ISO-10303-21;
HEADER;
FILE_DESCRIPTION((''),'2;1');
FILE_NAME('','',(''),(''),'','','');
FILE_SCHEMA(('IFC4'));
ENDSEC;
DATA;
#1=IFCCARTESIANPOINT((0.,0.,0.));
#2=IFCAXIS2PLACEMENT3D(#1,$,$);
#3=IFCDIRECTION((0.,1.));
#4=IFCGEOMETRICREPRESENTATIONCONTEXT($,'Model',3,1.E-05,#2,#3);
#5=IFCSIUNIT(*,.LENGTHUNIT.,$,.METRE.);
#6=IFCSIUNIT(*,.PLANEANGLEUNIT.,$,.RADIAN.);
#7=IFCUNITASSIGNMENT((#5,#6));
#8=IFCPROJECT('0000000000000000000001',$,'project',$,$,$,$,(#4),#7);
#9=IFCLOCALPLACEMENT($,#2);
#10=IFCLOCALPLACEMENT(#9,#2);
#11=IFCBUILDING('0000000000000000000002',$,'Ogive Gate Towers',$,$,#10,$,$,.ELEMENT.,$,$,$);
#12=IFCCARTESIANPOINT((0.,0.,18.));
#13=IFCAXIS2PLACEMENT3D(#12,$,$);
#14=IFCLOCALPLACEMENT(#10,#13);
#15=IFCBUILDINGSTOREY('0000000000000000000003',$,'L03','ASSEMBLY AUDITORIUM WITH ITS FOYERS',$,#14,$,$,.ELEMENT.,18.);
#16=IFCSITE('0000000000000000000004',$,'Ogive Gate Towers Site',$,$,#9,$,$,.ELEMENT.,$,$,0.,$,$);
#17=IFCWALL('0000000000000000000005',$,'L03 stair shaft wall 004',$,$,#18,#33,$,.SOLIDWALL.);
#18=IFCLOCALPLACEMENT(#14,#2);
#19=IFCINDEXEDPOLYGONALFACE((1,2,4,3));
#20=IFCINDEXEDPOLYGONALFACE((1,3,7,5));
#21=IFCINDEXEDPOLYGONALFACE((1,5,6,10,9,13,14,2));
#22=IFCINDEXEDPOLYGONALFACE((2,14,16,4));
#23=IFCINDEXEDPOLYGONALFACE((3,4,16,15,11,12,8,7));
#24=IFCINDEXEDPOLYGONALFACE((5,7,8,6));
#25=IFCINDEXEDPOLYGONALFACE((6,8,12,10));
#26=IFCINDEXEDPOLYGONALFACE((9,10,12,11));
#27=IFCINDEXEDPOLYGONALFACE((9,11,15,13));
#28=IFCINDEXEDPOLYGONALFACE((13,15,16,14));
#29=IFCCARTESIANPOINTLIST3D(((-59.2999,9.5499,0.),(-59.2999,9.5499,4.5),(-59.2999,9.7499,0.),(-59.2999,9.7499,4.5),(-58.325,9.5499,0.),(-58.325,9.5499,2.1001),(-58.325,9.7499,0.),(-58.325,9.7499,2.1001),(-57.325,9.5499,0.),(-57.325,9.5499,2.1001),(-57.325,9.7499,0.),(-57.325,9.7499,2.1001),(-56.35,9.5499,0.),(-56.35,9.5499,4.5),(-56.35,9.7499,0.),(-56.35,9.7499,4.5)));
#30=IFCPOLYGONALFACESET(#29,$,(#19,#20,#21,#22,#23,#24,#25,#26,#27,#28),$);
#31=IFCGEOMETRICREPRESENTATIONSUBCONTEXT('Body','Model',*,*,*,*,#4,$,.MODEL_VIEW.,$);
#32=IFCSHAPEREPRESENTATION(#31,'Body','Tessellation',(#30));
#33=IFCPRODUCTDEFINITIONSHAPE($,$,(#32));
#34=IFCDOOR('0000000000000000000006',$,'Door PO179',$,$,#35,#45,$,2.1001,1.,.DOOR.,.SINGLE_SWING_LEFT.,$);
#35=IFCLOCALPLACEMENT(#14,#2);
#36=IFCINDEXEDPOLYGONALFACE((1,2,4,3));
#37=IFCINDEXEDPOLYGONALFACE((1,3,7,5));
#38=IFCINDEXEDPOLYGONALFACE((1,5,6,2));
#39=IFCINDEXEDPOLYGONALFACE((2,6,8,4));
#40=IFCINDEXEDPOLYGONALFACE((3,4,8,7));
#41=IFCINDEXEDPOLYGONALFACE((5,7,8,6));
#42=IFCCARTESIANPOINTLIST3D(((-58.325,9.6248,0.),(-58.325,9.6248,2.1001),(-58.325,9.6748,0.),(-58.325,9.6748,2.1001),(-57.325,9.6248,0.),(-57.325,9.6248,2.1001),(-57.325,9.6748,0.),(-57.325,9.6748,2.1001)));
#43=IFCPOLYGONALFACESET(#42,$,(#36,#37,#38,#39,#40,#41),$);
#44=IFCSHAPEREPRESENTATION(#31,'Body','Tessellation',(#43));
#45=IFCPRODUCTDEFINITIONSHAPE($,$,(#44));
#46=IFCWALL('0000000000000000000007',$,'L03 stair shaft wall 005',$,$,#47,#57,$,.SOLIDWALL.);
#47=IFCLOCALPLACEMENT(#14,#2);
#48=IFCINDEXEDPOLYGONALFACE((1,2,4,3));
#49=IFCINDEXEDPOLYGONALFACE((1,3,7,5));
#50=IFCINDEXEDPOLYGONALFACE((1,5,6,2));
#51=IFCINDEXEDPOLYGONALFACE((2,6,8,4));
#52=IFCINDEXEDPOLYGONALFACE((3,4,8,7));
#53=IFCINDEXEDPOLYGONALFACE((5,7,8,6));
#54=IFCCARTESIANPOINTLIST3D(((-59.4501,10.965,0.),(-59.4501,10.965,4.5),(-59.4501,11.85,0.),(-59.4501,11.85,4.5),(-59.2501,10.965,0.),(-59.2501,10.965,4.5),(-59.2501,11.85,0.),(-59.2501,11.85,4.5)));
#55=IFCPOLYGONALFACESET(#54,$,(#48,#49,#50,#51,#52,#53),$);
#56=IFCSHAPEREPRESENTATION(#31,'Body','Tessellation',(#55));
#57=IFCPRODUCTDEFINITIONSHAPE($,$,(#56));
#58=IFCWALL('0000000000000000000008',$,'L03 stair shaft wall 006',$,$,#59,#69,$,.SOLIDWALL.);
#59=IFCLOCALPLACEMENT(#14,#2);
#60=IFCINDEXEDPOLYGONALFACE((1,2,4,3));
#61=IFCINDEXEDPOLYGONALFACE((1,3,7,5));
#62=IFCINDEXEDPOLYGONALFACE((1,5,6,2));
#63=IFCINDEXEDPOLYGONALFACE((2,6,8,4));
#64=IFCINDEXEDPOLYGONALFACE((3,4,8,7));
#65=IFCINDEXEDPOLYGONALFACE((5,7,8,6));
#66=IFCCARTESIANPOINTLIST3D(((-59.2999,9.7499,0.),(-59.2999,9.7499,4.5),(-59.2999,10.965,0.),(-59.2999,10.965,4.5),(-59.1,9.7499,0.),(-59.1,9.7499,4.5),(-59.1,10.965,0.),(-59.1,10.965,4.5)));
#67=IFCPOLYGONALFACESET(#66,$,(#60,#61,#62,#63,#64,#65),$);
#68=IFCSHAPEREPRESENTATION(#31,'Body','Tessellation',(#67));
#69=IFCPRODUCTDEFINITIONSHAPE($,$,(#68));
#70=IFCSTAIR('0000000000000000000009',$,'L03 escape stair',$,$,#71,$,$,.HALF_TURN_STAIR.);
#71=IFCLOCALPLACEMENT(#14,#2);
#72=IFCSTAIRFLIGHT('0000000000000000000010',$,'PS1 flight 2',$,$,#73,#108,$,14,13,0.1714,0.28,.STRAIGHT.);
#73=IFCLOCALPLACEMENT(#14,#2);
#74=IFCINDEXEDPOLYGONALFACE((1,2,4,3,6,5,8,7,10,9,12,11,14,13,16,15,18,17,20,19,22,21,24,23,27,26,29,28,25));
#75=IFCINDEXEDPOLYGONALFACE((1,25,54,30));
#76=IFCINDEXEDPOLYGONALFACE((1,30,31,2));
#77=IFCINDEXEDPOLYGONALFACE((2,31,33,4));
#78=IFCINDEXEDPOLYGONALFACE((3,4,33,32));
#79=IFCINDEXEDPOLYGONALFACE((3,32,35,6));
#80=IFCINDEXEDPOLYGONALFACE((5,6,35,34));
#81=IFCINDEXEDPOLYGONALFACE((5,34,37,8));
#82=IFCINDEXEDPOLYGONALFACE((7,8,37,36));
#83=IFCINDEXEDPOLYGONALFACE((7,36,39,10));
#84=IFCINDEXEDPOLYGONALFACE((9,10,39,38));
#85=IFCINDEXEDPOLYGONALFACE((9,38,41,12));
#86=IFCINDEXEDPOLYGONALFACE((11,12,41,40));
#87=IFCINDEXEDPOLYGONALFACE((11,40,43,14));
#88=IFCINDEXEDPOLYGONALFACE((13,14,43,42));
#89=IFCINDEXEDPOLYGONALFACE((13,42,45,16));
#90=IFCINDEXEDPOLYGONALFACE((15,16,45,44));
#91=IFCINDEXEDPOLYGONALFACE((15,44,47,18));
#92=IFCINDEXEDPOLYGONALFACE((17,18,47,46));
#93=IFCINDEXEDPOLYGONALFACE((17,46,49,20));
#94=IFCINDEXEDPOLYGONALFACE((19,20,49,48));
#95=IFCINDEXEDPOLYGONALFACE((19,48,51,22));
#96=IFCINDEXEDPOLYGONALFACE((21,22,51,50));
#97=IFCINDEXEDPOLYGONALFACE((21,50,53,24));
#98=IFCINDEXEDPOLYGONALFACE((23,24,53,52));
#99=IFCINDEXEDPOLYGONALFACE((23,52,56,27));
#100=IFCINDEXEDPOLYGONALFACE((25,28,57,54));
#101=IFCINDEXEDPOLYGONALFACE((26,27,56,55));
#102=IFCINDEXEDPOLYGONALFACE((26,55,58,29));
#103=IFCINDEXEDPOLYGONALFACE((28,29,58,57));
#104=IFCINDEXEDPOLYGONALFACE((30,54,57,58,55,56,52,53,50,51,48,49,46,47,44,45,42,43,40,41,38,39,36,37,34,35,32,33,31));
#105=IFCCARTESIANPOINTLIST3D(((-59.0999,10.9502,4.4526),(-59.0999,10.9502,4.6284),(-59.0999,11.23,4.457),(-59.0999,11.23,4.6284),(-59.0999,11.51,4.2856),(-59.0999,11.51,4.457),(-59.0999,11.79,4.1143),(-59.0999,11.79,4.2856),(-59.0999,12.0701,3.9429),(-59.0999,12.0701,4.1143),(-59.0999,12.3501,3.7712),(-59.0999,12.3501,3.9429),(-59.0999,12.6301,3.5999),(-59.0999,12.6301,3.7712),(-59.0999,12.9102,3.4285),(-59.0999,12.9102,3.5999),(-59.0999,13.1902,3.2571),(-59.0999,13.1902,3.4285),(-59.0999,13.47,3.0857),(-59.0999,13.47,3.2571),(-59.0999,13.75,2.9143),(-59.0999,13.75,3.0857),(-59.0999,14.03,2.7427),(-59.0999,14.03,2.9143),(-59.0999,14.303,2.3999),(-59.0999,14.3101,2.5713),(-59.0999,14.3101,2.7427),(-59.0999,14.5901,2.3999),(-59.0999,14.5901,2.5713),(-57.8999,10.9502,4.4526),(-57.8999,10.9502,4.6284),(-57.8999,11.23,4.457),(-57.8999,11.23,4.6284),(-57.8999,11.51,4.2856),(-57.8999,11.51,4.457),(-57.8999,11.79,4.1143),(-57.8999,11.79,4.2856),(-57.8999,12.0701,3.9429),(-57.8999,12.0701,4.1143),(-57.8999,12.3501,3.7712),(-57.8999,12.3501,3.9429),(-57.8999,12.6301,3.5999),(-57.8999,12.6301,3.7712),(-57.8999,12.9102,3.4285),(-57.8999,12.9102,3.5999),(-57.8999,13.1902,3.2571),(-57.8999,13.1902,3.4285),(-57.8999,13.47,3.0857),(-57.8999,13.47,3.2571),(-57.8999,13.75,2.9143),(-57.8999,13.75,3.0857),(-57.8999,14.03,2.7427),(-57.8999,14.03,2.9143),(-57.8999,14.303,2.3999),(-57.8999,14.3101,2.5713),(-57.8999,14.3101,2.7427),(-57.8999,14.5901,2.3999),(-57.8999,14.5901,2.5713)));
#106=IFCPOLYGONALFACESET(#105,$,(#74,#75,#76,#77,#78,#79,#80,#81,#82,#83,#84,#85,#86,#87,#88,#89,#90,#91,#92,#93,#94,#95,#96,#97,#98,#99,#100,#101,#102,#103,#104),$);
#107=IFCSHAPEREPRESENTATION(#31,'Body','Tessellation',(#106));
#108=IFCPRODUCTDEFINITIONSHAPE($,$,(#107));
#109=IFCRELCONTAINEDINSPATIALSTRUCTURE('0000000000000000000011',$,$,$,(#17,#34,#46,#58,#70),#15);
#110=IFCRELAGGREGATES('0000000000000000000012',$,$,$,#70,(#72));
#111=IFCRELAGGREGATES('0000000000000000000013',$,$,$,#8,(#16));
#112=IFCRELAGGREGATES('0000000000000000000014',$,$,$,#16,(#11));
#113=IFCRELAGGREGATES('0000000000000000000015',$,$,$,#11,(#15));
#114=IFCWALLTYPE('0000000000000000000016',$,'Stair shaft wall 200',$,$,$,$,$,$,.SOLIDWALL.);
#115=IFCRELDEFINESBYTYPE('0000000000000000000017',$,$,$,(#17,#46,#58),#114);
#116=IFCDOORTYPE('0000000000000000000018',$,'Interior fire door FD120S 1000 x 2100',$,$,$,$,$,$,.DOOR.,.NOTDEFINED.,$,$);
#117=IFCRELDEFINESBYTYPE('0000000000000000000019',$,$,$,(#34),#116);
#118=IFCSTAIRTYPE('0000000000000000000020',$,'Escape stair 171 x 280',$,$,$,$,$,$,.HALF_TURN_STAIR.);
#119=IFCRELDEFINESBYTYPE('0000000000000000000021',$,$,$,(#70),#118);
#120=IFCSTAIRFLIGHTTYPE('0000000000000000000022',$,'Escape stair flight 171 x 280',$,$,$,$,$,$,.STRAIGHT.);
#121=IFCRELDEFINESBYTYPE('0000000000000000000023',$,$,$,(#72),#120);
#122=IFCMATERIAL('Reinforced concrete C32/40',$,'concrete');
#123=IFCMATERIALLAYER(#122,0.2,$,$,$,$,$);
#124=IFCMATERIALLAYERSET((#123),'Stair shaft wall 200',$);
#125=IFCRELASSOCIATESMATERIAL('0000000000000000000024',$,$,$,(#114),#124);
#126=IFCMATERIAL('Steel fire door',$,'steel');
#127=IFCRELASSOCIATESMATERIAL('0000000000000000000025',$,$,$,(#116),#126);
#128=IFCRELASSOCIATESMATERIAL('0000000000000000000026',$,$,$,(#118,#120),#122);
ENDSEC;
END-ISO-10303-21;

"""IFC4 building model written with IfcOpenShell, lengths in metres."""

from ifc_helpers import new_model, si_unit, direction, frame, frame_2d, origin, place, context, subcontext, project, spatial, polyline, rectangle, outline, extrude, material, layer, layer_set, type_object, element, fill, aggregate, save


model = new_model("IFC4")

# Units and contexts
model_context = context("Model", 3, precision=1e-05, world=origin(), true_north=direction((0.0, 1.0)))
body_context = subcontext(model_context, "Body", "Model", "MODEL_VIEW")
ifc_project = project(units=[si_unit("LENGTHUNIT", "METRE"), si_unit("PLANEANGLEUNIT", "RADIAN")], contexts=[model_context])

# Site, building, storey
site_placement = place(None, origin())
site = spatial("IfcSite", under=ifc_project, at=site_placement, Name="Ogive Gate Towers Site", CompositionType="ELEMENT", RefElevation=0.0)
building_placement = place(site_placement, origin())
building = spatial("IfcBuilding", under=site, at=building_placement, Name="Ogive Gate Towers", CompositionType="ELEMENT")
storey_placement = place(building_placement, frame((0.0, 0.0, 18.0)))
storey = spatial("IfcBuildingStorey", under=building, at=storey_placement, Name="L03", Description="ASSEMBLY AUDITORIUM WITH ITS FOYERS", CompositionType="ELEMENT", Elevation=18.0)

# Shared definitions
ifc_material_1 = material(Name="Reinforced concrete C32/40", Category="concrete")
ifc_layer_1 = layer(ifc_material_1, 0.2)
ifc_layer_set_1 = layer_set([ifc_layer_1], Name="Stair shaft wall 200")
wall_type_1 = type_object("IfcWallType", Name="Stair shaft wall 200", PredefinedType="SOLIDWALL", material=ifc_layer_set_1)

# Wall, opening, door
wall_1_placement = place(storey_placement, frame((-59.3, 9.6499, 0.0), z_axis=(0.0, 0.0, 1.0), x_axis=(1.0, 0.0, 0.0)))
wall_1 = element("IfcWall", 1, at=wall_1_placement, inside=storey, type_object=wall_type_1, Name="L03 stair shaft wall 004", PredefinedType="SOLIDWALL", context=body_context, shape_type="SweptSolid", body=[
    extrude(rectangle(XDim=2.95, YDim=0.2, at=frame_2d((1.4751, 0.0))), origin(), (0.0, 0.0, 1.0), 4.5),
])
opening_1_placement = place(wall_1_placement, frame((0.9751, 0.0, 0.0)))
opening_1 = element("IfcOpeningElement", 2, at=opening_1_placement, cuts=wall_1, PredefinedType="OPENING", context=body_context, shape_type="SweptSolid", body=[
    extrude(rectangle(XDim=1.0, YDim=2.1001, at=frame_2d((0.5, 1.05))), frame((0.0, 0.1099, 0.0), z_axis=(0.0, -1.0, 0.0), x_axis=(1.0, 0.0, 0.0)), (0.0, 0.0, 1.0), 0.22),
])
ifc_material_2 = material(Name="Steel fire door", Category="steel")
door_type = type_object("IfcDoorType", Name="Interior fire door FD120S 1000 x 2100", OperationType="NOTDEFINED", PredefinedType="DOOR", material=ifc_material_2)
door_placement = place(opening_1_placement, origin())
door = element("IfcDoor", 3, at=door_placement, inside=storey, type_object=door_type, Name="Door PO179", OperationType="SINGLE_SWING_LEFT", OverallHeight=2.1001, OverallWidth=1.0, PredefinedType="DOOR", context=body_context, shape_type="SweptSolid", body=[
    extrude(rectangle(XDim=1.0, YDim=2.1001, at=frame_2d((0.5, 1.05))), frame((0.0, 0.0249, 0.0), z_axis=(0.0, -1.0, 0.0), x_axis=(1.0, 0.0, 0.0)), (0.0, 0.0, 1.0), 0.05),
])
fill(opening_1, door)

# Walls
wall_2_placement = place(storey_placement, frame((-59.3501, 10.9651, 0.0), z_axis=(0.0, 0.0, 1.0), x_axis=(0.0, 1.0, 0.0)))
element("IfcWall", 4, at=wall_2_placement, inside=storey, type_object=wall_type_1, Name="L03 stair shaft wall 005", PredefinedType="SOLIDWALL", context=body_context, shape_type="SweptSolid", body=[
    extrude(rectangle(XDim=0.885, YDim=0.2, at=frame_2d((0.4424, 0.0))), origin(), (0.0, 0.0, 1.0), 4.5),
])
wall_3_placement = place(storey_placement, frame((-59.2, 9.75, 0.0), z_axis=(0.0, 0.0, 1.0), x_axis=(0.0, 1.0, 0.0)))
element("IfcWall", 5, at=wall_3_placement, inside=storey, type_object=wall_type_1, Name="L03 stair shaft wall 006", PredefinedType="SOLIDWALL", context=body_context, shape_type="SweptSolid", body=[
    extrude(rectangle(XDim=1.2151, YDim=0.2, at=frame_2d((0.6074, 0.0))), origin(), (0.0, 0.0, 1.0), 4.5),
])

# Stair, stair flight
stair_type = type_object("IfcStairType", Name="Escape stair 171 x 280", PredefinedType="HALF_TURN_STAIR", material=ifc_material_1)
stair_placement = place(storey_placement, origin())
stair = element("IfcStair", 6, at=stair_placement, inside=storey, type_object=stair_type, Name="L03 escape stair", PredefinedType="HALF_TURN_STAIR")
stair_flight_type = type_object("IfcStairFlightType", Name="Escape stair flight 171 x 280", PredefinedType="STRAIGHT", material=ifc_material_1)
stair_flight_placement = place(storey_placement, frame((-58.5, 14.5901, 2.3999), z_axis=(0.0, 0.0, 1.0), x_axis=(0.0, -1.0, 0.0)))
stair_flight = element("IfcStairFlight", 7, at=stair_flight_placement, type_object=stair_flight_type, Name="PS1 flight 2", NumberOfRisers=14, NumberOfTreads=13, PredefinedType="STRAIGHT", RiserHeight=0.1714, TreadLength=0.28, context=body_context, shape_type="SweptSolid", body=[
    extrude(outline(polyline([(0.0, 0.0), (0.0, 0.1714), (0.28, 0.1714), (0.28, 0.3428), (0.5601, 0.3428), (0.5601, 0.5144), (0.8401, 0.5144), (0.8401, 0.6858), (1.1201, 0.6858), (1.1201, 0.8572), (1.3999, 0.8572), (1.3999, 1.0286), (1.6799, 1.0286), (1.6799, 1.2), (1.96, 1.2), (1.96, 1.3713), (2.24, 1.3713), (2.24, 1.543), (2.52, 1.543), (2.52, 1.7144), (2.8, 1.7144), (2.8, 1.8857), (3.0801, 1.8857), (3.0801, 2.0571), (3.3601, 2.0571), (3.3601, 2.2285), (3.6399, 2.2285), (3.6399, 2.3999), (3.6399, 2.0527), (0.2871, 0.0), (0.0, 0.0)])), frame((0.0, 0.6001, 0.0), z_axis=(0.0, -1.0, 0.0), x_axis=(1.0, 0.0, 0.0)), (0.0, 0.0, 1.0), 1.2),
])
aggregate(stair, [stair_flight])

save(model, "model.ifc")
